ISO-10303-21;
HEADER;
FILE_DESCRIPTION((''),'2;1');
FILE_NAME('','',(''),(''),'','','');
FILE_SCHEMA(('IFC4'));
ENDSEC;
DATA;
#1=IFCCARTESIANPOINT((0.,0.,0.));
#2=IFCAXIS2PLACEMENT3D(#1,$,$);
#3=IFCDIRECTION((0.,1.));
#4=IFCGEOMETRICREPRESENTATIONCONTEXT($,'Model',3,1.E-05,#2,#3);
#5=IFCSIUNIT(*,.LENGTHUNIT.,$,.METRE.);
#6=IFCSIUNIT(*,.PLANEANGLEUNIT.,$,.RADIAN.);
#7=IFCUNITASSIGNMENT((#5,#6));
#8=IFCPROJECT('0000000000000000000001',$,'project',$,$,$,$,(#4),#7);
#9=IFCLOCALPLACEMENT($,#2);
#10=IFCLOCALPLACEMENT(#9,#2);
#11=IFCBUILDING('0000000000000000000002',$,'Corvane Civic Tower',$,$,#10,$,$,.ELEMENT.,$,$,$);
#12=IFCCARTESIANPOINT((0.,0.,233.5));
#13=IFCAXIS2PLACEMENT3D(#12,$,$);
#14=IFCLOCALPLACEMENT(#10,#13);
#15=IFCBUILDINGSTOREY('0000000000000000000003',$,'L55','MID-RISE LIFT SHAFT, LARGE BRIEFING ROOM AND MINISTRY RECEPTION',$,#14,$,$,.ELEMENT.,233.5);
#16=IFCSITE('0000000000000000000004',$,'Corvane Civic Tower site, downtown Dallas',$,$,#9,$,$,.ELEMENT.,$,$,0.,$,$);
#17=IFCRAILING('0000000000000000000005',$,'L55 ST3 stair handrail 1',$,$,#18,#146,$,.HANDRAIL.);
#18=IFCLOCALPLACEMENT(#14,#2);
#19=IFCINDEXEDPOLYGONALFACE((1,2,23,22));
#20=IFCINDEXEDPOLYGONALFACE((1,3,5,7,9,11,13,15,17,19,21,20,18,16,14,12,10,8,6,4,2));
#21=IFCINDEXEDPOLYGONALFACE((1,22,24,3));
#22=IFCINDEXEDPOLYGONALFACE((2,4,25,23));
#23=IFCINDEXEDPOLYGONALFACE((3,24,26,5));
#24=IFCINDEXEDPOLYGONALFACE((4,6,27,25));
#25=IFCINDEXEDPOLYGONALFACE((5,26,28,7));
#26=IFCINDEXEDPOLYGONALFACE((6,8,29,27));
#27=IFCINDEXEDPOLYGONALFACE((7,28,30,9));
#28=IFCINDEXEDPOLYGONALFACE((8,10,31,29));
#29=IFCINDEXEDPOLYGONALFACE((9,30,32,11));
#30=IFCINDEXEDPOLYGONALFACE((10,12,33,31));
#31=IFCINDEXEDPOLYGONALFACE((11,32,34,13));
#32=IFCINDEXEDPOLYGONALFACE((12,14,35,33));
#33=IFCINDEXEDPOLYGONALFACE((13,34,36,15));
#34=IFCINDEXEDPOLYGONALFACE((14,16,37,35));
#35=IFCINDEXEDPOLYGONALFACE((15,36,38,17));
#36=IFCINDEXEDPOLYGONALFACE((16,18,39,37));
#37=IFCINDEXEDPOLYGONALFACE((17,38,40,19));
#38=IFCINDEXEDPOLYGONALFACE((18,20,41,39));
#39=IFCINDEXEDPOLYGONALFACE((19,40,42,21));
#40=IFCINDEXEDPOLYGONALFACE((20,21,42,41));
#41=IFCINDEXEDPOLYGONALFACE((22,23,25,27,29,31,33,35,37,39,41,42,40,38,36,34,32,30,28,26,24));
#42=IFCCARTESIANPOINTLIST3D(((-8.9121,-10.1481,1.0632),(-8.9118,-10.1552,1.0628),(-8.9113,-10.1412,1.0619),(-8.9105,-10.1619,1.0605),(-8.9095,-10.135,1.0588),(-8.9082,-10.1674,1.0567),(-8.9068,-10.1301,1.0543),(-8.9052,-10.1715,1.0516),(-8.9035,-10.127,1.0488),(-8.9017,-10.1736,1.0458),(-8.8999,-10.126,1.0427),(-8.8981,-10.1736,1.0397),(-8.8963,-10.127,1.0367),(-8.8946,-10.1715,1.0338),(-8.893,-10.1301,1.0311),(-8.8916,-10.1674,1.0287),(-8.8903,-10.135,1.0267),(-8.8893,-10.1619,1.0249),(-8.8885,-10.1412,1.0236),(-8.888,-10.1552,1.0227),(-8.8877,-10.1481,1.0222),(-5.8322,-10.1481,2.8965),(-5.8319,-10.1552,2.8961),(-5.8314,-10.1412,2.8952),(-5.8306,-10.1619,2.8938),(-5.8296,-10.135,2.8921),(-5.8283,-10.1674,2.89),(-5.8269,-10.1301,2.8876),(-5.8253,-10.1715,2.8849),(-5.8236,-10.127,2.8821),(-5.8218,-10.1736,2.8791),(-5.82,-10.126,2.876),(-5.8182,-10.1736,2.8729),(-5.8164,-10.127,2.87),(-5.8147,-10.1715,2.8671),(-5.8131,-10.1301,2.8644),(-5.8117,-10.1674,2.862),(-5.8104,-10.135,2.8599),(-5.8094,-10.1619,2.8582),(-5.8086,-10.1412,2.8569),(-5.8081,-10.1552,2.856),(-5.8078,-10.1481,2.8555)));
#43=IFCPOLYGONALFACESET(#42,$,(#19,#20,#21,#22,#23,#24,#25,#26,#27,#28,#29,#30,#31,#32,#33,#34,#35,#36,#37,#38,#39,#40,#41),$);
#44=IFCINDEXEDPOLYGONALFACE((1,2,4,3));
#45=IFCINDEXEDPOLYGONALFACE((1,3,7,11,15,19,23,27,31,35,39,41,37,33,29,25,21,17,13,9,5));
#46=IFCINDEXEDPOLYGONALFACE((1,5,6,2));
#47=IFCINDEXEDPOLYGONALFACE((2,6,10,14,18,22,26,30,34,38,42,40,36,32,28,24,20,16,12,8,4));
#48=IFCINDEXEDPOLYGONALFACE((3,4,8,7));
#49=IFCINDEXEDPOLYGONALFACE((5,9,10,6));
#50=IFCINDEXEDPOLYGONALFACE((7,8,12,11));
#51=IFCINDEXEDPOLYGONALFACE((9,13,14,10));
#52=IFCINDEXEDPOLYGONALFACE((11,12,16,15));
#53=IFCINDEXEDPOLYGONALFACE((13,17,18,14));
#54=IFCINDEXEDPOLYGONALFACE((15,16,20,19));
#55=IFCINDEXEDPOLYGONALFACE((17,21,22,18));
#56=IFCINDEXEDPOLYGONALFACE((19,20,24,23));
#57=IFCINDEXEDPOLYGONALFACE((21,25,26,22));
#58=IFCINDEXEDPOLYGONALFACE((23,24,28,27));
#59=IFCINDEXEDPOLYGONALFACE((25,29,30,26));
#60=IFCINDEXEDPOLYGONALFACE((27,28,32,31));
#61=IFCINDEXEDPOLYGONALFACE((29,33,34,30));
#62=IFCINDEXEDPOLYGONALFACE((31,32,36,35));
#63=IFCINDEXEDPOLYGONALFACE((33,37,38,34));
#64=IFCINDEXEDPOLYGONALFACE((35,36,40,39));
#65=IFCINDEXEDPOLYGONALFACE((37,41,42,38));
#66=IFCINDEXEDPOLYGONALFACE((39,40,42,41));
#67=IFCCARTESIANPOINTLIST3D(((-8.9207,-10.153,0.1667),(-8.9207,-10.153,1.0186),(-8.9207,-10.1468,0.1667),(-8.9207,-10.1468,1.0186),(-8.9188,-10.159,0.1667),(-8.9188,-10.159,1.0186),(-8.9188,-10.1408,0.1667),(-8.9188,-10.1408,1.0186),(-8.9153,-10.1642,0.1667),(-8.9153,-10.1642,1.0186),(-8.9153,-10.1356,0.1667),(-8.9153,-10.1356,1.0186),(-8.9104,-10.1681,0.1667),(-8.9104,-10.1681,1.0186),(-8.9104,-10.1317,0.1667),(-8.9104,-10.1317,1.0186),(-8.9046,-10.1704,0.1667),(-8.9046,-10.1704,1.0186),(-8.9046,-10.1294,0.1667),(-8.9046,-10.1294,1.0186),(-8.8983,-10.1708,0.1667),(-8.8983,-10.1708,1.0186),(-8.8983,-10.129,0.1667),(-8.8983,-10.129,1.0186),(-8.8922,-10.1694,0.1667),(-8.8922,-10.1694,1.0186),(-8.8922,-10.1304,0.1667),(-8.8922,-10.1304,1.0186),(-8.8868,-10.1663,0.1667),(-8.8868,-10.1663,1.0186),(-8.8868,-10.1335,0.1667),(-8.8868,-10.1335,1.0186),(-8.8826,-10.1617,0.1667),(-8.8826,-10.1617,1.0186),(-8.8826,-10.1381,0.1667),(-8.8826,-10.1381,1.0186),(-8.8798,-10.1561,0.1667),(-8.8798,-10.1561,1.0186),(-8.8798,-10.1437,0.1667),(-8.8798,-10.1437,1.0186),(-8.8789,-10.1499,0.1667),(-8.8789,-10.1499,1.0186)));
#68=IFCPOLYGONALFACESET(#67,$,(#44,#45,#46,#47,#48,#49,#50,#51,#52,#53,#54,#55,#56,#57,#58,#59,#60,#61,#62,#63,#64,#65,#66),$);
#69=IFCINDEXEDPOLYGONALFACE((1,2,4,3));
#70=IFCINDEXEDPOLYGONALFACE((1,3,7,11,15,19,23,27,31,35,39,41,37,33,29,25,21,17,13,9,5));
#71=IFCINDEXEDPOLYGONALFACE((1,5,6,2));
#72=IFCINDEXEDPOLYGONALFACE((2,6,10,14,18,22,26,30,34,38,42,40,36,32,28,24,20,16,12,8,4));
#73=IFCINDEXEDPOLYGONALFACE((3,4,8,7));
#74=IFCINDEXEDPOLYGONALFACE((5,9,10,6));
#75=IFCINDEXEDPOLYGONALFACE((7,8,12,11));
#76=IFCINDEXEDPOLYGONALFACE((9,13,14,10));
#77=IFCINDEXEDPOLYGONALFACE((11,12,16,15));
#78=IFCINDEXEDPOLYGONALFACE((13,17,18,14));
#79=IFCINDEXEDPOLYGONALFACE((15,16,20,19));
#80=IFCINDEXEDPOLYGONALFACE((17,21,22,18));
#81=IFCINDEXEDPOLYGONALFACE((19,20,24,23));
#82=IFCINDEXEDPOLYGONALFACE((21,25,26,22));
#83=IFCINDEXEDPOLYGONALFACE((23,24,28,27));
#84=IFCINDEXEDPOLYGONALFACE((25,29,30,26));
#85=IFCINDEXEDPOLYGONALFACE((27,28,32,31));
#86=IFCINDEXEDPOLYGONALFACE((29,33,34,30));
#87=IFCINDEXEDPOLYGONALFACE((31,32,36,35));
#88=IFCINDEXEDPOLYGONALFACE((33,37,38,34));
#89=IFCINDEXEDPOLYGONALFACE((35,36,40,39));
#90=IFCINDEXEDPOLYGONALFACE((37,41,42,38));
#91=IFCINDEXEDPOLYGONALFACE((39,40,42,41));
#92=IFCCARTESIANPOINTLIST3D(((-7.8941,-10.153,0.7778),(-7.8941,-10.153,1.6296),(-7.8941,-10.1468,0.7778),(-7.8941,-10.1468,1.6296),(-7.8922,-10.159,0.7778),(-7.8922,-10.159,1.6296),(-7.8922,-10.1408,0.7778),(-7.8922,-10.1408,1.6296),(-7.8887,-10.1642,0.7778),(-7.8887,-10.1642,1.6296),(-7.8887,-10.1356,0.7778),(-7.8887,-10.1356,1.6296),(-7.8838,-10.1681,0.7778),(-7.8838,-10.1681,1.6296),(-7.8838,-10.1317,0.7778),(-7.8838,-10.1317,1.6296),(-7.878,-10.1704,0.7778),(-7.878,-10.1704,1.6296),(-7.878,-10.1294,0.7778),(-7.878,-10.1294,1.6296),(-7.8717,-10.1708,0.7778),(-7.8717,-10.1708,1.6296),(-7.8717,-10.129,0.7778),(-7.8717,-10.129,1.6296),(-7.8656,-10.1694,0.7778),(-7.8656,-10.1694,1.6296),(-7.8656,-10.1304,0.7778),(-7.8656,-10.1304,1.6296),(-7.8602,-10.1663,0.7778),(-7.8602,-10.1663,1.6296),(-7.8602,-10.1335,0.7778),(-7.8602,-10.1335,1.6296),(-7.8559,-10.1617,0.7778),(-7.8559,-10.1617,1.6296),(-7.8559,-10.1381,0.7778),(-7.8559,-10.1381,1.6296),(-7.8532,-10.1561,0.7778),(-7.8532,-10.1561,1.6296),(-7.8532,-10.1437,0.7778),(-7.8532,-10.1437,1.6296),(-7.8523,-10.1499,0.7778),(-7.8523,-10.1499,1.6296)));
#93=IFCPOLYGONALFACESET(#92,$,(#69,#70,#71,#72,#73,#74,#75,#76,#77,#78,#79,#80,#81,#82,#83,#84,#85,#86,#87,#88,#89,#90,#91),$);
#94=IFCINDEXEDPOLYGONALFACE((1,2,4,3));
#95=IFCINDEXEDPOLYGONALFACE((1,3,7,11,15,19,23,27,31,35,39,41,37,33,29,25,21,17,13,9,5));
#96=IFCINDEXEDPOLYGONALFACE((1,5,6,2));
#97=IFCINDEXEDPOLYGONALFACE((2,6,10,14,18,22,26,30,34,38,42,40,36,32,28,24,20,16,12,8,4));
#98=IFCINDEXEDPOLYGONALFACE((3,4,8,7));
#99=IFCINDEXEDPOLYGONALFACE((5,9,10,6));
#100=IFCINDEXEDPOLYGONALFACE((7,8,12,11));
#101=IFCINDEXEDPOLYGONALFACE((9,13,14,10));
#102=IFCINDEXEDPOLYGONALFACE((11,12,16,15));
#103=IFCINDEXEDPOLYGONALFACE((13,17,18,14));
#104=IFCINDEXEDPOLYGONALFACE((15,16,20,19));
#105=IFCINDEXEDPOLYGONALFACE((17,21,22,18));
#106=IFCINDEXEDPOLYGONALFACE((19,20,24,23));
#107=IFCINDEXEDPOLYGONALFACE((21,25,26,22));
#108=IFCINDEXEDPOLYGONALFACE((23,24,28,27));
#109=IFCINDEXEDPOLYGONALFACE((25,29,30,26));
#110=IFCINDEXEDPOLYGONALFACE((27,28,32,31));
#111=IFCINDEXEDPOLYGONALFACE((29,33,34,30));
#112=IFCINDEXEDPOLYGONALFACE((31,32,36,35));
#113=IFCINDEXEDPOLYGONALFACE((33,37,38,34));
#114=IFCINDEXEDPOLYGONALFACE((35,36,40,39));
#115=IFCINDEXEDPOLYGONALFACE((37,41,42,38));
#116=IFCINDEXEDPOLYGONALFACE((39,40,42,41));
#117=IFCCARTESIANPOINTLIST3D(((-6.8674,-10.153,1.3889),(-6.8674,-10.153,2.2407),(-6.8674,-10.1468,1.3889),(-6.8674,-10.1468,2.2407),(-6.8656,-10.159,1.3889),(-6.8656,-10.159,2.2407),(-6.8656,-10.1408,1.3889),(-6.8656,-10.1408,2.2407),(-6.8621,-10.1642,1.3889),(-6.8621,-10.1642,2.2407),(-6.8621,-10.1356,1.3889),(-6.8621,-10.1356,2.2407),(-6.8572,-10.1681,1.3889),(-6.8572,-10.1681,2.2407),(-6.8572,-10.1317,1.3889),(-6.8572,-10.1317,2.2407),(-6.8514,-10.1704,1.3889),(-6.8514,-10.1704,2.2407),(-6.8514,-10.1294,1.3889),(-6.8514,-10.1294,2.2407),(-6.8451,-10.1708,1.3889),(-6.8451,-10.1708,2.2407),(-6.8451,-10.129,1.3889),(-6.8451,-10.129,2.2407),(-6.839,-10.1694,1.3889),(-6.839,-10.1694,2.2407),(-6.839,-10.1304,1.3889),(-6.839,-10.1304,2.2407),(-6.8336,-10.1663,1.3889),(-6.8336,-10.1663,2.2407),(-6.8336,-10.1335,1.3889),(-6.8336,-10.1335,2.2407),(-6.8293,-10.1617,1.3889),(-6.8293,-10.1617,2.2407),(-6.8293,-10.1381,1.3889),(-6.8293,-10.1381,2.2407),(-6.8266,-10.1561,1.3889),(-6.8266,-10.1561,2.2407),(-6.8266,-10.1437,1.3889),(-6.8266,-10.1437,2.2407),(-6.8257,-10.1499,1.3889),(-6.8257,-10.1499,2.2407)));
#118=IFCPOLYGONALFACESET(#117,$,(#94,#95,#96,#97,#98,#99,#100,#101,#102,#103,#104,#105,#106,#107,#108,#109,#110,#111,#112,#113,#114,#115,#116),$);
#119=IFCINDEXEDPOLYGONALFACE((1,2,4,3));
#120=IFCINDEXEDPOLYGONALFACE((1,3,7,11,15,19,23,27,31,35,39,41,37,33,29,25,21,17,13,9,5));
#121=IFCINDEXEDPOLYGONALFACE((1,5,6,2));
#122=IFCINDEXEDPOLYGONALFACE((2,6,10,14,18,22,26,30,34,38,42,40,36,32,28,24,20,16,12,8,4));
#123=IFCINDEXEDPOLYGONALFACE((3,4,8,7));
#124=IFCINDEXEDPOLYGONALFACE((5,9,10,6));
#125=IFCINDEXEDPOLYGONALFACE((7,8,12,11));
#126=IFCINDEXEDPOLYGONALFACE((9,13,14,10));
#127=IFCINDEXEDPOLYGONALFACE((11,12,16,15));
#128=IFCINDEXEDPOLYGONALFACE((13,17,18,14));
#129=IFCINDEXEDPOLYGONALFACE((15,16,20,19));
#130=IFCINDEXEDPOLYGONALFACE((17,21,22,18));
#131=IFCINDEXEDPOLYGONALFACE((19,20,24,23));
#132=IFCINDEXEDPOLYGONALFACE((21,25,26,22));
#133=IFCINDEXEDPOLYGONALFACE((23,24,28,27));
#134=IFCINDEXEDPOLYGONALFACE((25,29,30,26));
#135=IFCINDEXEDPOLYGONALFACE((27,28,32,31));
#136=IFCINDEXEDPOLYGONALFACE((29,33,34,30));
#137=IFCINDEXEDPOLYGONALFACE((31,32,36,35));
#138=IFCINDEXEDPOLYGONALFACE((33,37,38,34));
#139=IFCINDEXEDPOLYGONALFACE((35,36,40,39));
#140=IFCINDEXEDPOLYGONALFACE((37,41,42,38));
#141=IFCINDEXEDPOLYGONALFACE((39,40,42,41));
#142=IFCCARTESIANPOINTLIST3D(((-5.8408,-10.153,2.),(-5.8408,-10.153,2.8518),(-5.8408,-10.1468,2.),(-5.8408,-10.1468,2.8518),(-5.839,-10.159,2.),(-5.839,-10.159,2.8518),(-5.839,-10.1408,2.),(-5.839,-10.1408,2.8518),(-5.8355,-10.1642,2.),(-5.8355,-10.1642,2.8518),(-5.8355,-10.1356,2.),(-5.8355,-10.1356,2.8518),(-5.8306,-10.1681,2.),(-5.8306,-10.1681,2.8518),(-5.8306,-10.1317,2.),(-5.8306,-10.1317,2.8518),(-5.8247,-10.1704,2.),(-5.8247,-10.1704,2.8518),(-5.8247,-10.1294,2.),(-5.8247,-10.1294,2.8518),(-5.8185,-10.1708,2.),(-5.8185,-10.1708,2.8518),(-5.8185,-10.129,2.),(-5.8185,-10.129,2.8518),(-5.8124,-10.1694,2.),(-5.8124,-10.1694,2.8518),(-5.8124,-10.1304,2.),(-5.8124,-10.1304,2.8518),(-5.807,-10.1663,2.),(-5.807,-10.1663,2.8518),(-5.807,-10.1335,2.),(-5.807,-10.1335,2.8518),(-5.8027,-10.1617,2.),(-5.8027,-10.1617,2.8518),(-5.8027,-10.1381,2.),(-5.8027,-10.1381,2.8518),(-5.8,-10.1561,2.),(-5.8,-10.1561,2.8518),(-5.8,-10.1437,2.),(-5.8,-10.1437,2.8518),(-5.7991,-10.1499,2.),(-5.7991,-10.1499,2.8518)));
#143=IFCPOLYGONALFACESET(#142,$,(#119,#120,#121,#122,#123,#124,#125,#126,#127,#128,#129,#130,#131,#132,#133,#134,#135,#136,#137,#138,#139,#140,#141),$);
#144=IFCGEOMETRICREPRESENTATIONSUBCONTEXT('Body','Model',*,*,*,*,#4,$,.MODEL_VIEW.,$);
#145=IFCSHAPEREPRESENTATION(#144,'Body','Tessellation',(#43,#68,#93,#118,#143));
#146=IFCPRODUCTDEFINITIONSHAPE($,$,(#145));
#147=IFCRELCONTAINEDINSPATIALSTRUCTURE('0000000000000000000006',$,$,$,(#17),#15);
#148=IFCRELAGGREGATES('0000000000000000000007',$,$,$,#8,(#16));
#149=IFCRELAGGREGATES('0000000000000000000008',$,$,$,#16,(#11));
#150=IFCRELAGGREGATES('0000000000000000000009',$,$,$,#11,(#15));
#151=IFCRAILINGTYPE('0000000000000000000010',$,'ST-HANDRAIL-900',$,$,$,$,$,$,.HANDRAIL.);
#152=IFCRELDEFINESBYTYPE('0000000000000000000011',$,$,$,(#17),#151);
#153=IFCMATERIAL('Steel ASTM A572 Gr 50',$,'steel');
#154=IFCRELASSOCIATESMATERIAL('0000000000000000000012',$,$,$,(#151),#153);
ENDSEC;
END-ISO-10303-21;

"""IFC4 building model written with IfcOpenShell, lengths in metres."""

from ifc_helpers import new_model, si_unit, direction, frame, origin, origin_2d, place, context, subcontext, project, spatial, circle, extrude, material, type_object, element, save


model = new_model("IFC4")

# Units and contexts
model_context = context("Model", 3, precision=1e-05, world=origin(), true_north=direction((0.0, 1.0)))
body_context = subcontext(model_context, "Body", "Model", "MODEL_VIEW")
ifc_project = project(units=[si_unit("LENGTHUNIT", "METRE"), si_unit("PLANEANGLEUNIT", "RADIAN")], contexts=[model_context])

# Site, building, storey
site_placement = place(None, origin())
site = spatial("IfcSite", under=ifc_project, at=site_placement, Name="Corvane Civic Tower site, downtown Dallas", CompositionType="ELEMENT", RefElevation=0.0)
building_placement = place(site_placement, origin())
building = spatial("IfcBuilding", under=site, at=building_placement, Name="Corvane Civic Tower", CompositionType="ELEMENT")
storey_placement = place(building_placement, frame((0.0, 0.0, 233.5)))
storey = spatial("IfcBuildingStorey", under=building, at=storey_placement, Name="L55", Description="MID-RISE LIFT SHAFT, LARGE BRIEFING ROOM AND MINISTRY RECEPTION", CompositionType="ELEMENT", Elevation=233.5)

# Railing
ifc_material_1 = material(Name="Steel ASTM A572 Gr 50", Category="steel")
railing_type_1 = type_object("IfcRailingType", Name="ST-HANDRAIL-900", PredefinedType="HANDRAIL", material=ifc_material_1)
railing_1_placement = place(storey_placement, frame((-8.8999, -10.1499, 0.1667)))
element("IfcRailing", 1, at=railing_1_placement, inside=storey, type_object=railing_type_1, Name="L55 ST3 stair handrail 1", PredefinedType="HANDRAIL", context=body_context, shape_type="SweptSolid", body=[
    extrude(circle(Radius=0.0239, at=origin_2d()), frame((0.0, 0.0, 0.876), z_axis=(0.859291, 0.0, 0.511487), x_axis=(0.0, 1.0, 0.0)), (0.0, 0.0, 1.0), 3.5842),
    extrude(circle(Radius=0.021, at=origin_2d()), origin(), (0.0, 0.0, 1.0), 0.8518),
    extrude(circle(Radius=0.021, at=origin_2d()), frame((1.0266, 0.0, 0.6111)), (0.0, 0.0, 1.0), 0.8518),
    extrude(circle(Radius=0.021, at=origin_2d()), frame((2.0532, 0.0, 1.2222)), (0.0, 0.0, 1.0), 0.8518),
    extrude(circle(Radius=0.021, at=origin_2d()), frame((3.0798, 0.0, 1.8333)), (0.0, 0.0, 1.0), 0.8518),
])

save(model, "model.ifc")
